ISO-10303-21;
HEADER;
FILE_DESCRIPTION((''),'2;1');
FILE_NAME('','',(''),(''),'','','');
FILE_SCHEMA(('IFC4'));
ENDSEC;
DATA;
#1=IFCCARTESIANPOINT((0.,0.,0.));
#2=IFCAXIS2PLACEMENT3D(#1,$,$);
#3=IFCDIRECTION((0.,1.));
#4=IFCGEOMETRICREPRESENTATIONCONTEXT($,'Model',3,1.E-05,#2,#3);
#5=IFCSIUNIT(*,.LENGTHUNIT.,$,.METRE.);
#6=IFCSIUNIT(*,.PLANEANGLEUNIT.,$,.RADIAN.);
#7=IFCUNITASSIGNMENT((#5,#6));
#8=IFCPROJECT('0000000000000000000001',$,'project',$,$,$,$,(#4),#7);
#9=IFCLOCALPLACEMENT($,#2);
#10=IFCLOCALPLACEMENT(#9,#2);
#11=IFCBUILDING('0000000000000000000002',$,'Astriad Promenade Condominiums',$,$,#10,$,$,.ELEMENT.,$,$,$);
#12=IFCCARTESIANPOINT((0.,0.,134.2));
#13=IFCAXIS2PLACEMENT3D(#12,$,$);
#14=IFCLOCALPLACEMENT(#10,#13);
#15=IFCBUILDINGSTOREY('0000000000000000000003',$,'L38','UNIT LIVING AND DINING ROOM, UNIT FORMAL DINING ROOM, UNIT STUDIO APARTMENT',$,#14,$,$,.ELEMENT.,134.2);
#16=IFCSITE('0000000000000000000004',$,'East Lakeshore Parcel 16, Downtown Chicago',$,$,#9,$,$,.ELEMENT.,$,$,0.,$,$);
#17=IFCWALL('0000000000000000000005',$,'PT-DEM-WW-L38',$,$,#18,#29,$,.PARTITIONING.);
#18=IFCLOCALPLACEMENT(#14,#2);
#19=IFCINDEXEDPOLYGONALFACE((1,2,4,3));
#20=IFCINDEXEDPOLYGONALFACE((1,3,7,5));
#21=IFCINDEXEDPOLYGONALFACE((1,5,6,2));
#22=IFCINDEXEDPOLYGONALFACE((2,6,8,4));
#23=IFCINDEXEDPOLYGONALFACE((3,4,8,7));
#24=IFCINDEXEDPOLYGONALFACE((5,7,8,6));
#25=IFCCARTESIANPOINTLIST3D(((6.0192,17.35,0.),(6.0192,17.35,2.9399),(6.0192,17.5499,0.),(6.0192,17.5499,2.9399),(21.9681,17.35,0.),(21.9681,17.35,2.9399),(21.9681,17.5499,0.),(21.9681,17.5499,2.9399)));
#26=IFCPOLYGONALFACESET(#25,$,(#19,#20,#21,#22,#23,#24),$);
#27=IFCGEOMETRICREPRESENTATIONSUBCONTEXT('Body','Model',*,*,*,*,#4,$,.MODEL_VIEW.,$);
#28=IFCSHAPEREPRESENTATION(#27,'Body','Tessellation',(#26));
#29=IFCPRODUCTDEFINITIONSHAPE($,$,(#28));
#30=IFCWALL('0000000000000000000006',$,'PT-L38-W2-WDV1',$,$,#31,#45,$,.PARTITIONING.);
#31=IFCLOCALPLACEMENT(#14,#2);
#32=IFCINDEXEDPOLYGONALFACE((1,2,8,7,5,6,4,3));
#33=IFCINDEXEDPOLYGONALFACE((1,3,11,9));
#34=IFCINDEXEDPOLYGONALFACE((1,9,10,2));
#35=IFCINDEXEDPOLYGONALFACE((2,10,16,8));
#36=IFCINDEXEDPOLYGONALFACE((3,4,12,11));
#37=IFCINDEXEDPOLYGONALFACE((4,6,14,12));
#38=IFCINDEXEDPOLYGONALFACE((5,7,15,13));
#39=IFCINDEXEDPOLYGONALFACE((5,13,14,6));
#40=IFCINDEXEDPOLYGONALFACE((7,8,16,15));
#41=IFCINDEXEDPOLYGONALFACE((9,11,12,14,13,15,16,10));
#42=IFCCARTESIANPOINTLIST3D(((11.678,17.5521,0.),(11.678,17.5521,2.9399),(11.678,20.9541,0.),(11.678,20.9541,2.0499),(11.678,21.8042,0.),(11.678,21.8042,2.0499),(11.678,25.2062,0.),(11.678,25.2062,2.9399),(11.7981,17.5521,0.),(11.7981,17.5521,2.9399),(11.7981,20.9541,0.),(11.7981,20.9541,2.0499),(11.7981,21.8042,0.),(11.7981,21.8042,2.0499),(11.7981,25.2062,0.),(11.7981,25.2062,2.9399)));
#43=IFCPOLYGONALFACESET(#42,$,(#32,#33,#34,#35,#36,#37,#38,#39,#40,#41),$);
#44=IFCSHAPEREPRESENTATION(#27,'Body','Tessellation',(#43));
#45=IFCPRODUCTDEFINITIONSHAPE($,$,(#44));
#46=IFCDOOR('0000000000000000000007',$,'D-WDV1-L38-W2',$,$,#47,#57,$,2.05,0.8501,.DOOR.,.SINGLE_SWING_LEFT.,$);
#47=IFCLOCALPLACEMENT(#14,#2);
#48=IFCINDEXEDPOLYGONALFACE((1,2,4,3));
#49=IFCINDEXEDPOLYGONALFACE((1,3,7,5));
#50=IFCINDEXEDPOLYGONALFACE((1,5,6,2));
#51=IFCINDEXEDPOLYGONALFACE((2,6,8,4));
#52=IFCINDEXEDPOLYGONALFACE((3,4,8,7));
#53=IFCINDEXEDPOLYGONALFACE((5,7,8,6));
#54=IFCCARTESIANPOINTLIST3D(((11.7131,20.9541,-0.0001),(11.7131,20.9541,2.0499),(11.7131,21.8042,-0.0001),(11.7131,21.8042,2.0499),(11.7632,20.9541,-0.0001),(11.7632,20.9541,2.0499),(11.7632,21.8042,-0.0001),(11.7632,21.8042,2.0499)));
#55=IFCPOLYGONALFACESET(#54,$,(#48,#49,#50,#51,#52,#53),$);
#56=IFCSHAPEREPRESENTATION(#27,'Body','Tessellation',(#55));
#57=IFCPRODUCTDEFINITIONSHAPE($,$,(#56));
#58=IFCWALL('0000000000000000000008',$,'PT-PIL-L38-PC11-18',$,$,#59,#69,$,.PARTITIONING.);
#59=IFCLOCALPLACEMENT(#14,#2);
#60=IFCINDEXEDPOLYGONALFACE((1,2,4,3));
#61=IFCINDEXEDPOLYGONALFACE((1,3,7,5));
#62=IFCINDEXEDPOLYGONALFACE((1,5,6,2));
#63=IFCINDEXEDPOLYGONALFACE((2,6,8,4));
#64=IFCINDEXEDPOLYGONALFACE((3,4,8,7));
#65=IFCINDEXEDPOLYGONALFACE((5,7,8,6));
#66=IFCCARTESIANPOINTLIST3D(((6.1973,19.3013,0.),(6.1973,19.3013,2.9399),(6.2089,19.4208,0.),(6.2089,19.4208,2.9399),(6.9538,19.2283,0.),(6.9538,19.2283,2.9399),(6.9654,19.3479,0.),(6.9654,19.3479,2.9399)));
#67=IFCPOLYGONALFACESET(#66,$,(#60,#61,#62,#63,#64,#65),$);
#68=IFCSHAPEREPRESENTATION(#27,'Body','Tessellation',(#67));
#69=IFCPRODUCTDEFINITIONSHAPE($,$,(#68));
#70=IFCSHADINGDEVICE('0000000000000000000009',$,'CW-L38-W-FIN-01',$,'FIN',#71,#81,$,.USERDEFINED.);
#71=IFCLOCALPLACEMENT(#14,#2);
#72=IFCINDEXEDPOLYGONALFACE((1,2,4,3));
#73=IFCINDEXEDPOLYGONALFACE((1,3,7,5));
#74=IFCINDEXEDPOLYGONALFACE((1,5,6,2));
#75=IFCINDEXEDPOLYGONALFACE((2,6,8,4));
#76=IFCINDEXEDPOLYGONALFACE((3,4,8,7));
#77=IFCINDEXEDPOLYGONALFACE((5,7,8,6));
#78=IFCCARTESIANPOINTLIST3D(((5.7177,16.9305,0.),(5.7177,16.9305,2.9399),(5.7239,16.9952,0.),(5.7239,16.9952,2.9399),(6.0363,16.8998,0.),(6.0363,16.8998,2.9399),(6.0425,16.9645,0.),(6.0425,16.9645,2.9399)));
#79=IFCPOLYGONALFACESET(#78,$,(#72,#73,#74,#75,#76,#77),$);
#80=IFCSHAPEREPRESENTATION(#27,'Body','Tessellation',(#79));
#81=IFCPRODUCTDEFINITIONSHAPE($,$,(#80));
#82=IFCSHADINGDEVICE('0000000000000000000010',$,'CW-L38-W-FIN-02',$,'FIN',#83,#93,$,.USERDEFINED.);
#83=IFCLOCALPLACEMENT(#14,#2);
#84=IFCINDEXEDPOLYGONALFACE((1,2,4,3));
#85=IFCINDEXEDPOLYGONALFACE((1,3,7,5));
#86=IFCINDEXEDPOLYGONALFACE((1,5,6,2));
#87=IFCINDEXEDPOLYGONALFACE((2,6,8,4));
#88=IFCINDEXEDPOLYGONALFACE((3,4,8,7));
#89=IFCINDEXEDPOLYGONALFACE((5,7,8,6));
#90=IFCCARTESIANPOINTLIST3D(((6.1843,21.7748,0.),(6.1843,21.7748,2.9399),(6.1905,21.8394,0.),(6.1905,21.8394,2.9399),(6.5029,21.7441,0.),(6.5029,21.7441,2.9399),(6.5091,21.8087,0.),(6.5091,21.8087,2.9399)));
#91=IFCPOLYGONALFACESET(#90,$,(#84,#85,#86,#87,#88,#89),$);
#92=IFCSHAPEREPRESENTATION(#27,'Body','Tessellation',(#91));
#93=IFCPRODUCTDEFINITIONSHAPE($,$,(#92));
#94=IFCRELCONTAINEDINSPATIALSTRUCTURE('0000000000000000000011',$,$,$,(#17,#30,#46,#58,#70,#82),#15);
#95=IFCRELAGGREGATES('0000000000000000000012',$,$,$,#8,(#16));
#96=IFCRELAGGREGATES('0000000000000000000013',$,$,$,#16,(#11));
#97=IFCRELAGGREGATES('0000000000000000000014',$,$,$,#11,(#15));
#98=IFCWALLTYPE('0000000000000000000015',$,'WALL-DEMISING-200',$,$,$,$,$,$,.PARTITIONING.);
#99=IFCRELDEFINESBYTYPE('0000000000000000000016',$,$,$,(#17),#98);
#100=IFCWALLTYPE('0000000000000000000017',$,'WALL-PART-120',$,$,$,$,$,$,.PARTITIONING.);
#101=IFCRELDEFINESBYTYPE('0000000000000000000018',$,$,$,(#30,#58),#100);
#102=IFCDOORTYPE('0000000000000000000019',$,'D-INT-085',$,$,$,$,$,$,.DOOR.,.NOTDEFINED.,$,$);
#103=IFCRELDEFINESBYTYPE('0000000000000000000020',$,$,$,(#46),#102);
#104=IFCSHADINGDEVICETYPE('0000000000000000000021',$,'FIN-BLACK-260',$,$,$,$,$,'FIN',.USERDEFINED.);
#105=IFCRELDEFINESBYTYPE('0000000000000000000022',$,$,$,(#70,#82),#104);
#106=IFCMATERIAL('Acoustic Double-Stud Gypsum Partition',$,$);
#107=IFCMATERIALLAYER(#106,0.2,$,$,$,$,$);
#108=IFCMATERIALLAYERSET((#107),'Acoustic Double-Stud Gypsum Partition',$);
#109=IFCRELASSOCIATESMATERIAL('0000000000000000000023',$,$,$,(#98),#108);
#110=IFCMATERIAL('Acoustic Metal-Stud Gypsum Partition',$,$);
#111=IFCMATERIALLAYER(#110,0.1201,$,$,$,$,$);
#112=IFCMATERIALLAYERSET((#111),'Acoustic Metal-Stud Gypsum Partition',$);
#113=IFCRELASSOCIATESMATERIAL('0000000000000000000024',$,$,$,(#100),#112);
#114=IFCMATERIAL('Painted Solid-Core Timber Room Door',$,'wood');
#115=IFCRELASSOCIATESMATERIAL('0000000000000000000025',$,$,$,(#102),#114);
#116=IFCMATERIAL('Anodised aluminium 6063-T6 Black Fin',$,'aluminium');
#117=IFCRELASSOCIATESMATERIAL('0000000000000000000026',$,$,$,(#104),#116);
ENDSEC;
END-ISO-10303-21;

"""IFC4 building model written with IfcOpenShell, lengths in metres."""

from ifc_helpers import new_model, si_unit, direction, frame, frame_2d, origin, origin_2d, place, context, subcontext, project, spatial, rectangle, extrude, source, transform, mapped, material, layer, layer_set, type_object, type_shapes, element, fill, save


model = new_model("IFC4")

# Units and contexts
model_context = context("Model", 3, precision=1e-05, world=origin(), true_north=direction((0.0, 1.0)))
body_context = subcontext(model_context, "Body", "Model", "MODEL_VIEW")
ifc_project = project(units=[si_unit("LENGTHUNIT", "METRE"), si_unit("PLANEANGLEUNIT", "RADIAN")], contexts=[model_context])

# Site, building, storey
site_placement = place(None, origin())
site = spatial("IfcSite", under=ifc_project, at=site_placement, Name="East Lakeshore Parcel 16, Downtown Chicago", CompositionType="ELEMENT", RefElevation=0.0)
building_placement = place(site_placement, origin())
building = spatial("IfcBuilding", under=site, at=building_placement, Name="Astriad Promenade Condominiums", CompositionType="ELEMENT")
storey_placement = place(building_placement, frame((0.0, 0.0, 134.2)))
storey = spatial("IfcBuildingStorey", under=building, at=storey_placement, Name="L38", Description="UNIT LIVING AND DINING ROOM, UNIT FORMAL DINING ROOM, UNIT STUDIO APARTMENT", CompositionType="ELEMENT", Elevation=134.2)

# Wall
ifc_material_1 = material(Name="Acoustic Double-Stud Gypsum Partition")
ifc_layer_1 = layer(ifc_material_1, 0.2)
ifc_layer_set_1 = layer_set([ifc_layer_1], Name="Acoustic Double-Stud Gypsum Partition")
wall_type_1 = type_object("IfcWallType", Name="WALL-DEMISING-200", PredefinedType="PARTITIONING", material=ifc_layer_set_1)
wall_1_placement = place(storey_placement, frame((6.019, 17.45, 0.0), z_axis=(0.0, 0.0, 1.0), x_axis=(1.0, 0.0, 0.0)))
element("IfcWall", 1, at=wall_1_placement, inside=storey, type_object=wall_type_1, Name="PT-DEM-WW-L38", PredefinedType="PARTITIONING", context=body_context, shape_type="SweptSolid", body=[
    extrude(rectangle(XDim=15.949, YDim=0.2, at=frame_2d((7.9746, 0.0))), origin(), (0.0, 0.0, 1.0), 2.9399),
])

# Wall, opening, door
ifc_material_2 = material(Name="Acoustic Metal-Stud Gypsum Partition")
ifc_layer_2 = layer(ifc_material_2, 0.1201)
ifc_layer_set_2 = layer_set([ifc_layer_2], Name="Acoustic Metal-Stud Gypsum Partition")
wall_type_2 = type_object("IfcWallType", Name="WALL-PART-120", PredefinedType="PARTITIONING", material=ifc_layer_set_2)
wall_2_placement = place(storey_placement, frame((11.738, 17.552, 0.0), z_axis=(0.0, 0.0, 1.0), x_axis=(0.0, 1.0, 0.0)))
wall_2 = element("IfcWall", 2, at=wall_2_placement, inside=storey, type_object=wall_type_2, Name="PT-L38-W2-WDV1", PredefinedType="PARTITIONING", context=body_context, shape_type="SweptSolid", body=[
    extrude(rectangle(XDim=7.6541, YDim=0.1201, at=frame_2d((3.8271, 0.0))), origin(), (0.0, 0.0, 1.0), 2.9399),
])
opening_placement = place(wall_2_placement, frame((3.4021, 0.0, 0.0)))
opening = element("IfcOpeningElement", 3, at=opening_placement, cuts=wall_2, PredefinedType="OPENING", context=body_context, shape_type="SweptSolid", body=[
    extrude(rectangle(XDim=0.8501, YDim=2.05, at=frame_2d((0.425, 1.0249))), frame((0.0, 0.0701, 0.0), z_axis=(0.0, -1.0, 0.0), x_axis=(1.0, 0.0, 0.0)), (0.0, 0.0, 1.0), 0.1401),
])
ifc_material_3 = material(Name="Painted Solid-Core Timber Room Door", Category="wood")
door_type = type_object("IfcDoorType", Name="D-INT-085", OperationType="NOTDEFINED", PredefinedType="DOOR", material=ifc_material_3)
shared_shape_1 = source(origin(), body_context, "Body", "SweptSolid", [
    extrude(rectangle(XDim=0.8501, YDim=2.05, at=frame_2d((0.425, 1.0249))), frame((0.0, 0.0249, 0.0), z_axis=(0.0, -1.0, 0.0), x_axis=(1.0, 0.0, 0.0)), (0.0, 0.0, 1.0), 0.05),
])
type_shapes(door_type, [shared_shape_1])
door_placement = place(opening_placement, origin())
door = element("IfcDoor", 4, at=door_placement, inside=storey, type_object=door_type, Name="D-WDV1-L38-W2", OperationType="SINGLE_SWING_LEFT", OverallHeight=2.05, OverallWidth=0.8501, PredefinedType="DOOR", context=body_context, shape_type="MappedRepresentation", body=[
    mapped(shared_shape_1, transform((0.0, 0.0, 0.0), scale=1.0)),
])
fill(opening, door)

# Wall
wall_3_placement = place(storey_placement, frame((6.9595, 19.2881, 0.0), z_axis=(0.0, 0.0, 1.0), x_axis=(-0.995378, 0.096037, 0.0)))
element("IfcWall", 5, at=wall_3_placement, inside=storey, type_object=wall_type_2, Name="PT-PIL-L38-PC11-18", PredefinedType="PARTITIONING", context=body_context, shape_type="SweptSolid", body=[
    extrude(rectangle(XDim=0.76, YDim=0.1201, at=frame_2d((0.3799, 0.0))), origin(), (0.0, 0.0, 1.0), 2.9399),
])

# Shading devices
ifc_material_4 = material(Name="Anodised aluminium 6063-T6 Black Fin", Category="aluminium")
shading_device_type = type_object("IfcShadingDeviceType", Name="FIN-BLACK-260", ElementType="FIN", PredefinedType="USERDEFINED", material=ifc_material_4)
shared_shape_2 = source(origin(), body_context, "Body", "SweptSolid", [
    extrude(rectangle(XDim=0.0649, YDim=0.3201, at=origin_2d()), origin(), (0.0, 0.0, 1.0), 2.9399),
])
type_shapes(shading_device_type, [shared_shape_2])
for number, where, z_axis, x_axis, name in (
    (6, (5.8801, 16.9475, 0.0), (0.0, 0.0, 1.0), (0.095846, 0.995396, 0.0), "CW-L38-W-FIN-01"),
    (7, (6.3467, 21.7917, 0.0), (0.0, 0.0, 1.0), (0.095846, 0.995396, 0.0), "CW-L38-W-FIN-02"),
):
    element("IfcShadingDevice", number, at=place(storey_placement, frame(where, z_axis=z_axis, x_axis=x_axis)), inside=storey, type_object=shading_device_type, Name=name, ObjectType="FIN", PredefinedType="USERDEFINED", context=body_context, shape_type="MappedRepresentation", body=[
        mapped(shared_shape_2, transform((0.0, 0.0, 0.0), scale=1.0)),
    ])

save(model, "model.ifc")
